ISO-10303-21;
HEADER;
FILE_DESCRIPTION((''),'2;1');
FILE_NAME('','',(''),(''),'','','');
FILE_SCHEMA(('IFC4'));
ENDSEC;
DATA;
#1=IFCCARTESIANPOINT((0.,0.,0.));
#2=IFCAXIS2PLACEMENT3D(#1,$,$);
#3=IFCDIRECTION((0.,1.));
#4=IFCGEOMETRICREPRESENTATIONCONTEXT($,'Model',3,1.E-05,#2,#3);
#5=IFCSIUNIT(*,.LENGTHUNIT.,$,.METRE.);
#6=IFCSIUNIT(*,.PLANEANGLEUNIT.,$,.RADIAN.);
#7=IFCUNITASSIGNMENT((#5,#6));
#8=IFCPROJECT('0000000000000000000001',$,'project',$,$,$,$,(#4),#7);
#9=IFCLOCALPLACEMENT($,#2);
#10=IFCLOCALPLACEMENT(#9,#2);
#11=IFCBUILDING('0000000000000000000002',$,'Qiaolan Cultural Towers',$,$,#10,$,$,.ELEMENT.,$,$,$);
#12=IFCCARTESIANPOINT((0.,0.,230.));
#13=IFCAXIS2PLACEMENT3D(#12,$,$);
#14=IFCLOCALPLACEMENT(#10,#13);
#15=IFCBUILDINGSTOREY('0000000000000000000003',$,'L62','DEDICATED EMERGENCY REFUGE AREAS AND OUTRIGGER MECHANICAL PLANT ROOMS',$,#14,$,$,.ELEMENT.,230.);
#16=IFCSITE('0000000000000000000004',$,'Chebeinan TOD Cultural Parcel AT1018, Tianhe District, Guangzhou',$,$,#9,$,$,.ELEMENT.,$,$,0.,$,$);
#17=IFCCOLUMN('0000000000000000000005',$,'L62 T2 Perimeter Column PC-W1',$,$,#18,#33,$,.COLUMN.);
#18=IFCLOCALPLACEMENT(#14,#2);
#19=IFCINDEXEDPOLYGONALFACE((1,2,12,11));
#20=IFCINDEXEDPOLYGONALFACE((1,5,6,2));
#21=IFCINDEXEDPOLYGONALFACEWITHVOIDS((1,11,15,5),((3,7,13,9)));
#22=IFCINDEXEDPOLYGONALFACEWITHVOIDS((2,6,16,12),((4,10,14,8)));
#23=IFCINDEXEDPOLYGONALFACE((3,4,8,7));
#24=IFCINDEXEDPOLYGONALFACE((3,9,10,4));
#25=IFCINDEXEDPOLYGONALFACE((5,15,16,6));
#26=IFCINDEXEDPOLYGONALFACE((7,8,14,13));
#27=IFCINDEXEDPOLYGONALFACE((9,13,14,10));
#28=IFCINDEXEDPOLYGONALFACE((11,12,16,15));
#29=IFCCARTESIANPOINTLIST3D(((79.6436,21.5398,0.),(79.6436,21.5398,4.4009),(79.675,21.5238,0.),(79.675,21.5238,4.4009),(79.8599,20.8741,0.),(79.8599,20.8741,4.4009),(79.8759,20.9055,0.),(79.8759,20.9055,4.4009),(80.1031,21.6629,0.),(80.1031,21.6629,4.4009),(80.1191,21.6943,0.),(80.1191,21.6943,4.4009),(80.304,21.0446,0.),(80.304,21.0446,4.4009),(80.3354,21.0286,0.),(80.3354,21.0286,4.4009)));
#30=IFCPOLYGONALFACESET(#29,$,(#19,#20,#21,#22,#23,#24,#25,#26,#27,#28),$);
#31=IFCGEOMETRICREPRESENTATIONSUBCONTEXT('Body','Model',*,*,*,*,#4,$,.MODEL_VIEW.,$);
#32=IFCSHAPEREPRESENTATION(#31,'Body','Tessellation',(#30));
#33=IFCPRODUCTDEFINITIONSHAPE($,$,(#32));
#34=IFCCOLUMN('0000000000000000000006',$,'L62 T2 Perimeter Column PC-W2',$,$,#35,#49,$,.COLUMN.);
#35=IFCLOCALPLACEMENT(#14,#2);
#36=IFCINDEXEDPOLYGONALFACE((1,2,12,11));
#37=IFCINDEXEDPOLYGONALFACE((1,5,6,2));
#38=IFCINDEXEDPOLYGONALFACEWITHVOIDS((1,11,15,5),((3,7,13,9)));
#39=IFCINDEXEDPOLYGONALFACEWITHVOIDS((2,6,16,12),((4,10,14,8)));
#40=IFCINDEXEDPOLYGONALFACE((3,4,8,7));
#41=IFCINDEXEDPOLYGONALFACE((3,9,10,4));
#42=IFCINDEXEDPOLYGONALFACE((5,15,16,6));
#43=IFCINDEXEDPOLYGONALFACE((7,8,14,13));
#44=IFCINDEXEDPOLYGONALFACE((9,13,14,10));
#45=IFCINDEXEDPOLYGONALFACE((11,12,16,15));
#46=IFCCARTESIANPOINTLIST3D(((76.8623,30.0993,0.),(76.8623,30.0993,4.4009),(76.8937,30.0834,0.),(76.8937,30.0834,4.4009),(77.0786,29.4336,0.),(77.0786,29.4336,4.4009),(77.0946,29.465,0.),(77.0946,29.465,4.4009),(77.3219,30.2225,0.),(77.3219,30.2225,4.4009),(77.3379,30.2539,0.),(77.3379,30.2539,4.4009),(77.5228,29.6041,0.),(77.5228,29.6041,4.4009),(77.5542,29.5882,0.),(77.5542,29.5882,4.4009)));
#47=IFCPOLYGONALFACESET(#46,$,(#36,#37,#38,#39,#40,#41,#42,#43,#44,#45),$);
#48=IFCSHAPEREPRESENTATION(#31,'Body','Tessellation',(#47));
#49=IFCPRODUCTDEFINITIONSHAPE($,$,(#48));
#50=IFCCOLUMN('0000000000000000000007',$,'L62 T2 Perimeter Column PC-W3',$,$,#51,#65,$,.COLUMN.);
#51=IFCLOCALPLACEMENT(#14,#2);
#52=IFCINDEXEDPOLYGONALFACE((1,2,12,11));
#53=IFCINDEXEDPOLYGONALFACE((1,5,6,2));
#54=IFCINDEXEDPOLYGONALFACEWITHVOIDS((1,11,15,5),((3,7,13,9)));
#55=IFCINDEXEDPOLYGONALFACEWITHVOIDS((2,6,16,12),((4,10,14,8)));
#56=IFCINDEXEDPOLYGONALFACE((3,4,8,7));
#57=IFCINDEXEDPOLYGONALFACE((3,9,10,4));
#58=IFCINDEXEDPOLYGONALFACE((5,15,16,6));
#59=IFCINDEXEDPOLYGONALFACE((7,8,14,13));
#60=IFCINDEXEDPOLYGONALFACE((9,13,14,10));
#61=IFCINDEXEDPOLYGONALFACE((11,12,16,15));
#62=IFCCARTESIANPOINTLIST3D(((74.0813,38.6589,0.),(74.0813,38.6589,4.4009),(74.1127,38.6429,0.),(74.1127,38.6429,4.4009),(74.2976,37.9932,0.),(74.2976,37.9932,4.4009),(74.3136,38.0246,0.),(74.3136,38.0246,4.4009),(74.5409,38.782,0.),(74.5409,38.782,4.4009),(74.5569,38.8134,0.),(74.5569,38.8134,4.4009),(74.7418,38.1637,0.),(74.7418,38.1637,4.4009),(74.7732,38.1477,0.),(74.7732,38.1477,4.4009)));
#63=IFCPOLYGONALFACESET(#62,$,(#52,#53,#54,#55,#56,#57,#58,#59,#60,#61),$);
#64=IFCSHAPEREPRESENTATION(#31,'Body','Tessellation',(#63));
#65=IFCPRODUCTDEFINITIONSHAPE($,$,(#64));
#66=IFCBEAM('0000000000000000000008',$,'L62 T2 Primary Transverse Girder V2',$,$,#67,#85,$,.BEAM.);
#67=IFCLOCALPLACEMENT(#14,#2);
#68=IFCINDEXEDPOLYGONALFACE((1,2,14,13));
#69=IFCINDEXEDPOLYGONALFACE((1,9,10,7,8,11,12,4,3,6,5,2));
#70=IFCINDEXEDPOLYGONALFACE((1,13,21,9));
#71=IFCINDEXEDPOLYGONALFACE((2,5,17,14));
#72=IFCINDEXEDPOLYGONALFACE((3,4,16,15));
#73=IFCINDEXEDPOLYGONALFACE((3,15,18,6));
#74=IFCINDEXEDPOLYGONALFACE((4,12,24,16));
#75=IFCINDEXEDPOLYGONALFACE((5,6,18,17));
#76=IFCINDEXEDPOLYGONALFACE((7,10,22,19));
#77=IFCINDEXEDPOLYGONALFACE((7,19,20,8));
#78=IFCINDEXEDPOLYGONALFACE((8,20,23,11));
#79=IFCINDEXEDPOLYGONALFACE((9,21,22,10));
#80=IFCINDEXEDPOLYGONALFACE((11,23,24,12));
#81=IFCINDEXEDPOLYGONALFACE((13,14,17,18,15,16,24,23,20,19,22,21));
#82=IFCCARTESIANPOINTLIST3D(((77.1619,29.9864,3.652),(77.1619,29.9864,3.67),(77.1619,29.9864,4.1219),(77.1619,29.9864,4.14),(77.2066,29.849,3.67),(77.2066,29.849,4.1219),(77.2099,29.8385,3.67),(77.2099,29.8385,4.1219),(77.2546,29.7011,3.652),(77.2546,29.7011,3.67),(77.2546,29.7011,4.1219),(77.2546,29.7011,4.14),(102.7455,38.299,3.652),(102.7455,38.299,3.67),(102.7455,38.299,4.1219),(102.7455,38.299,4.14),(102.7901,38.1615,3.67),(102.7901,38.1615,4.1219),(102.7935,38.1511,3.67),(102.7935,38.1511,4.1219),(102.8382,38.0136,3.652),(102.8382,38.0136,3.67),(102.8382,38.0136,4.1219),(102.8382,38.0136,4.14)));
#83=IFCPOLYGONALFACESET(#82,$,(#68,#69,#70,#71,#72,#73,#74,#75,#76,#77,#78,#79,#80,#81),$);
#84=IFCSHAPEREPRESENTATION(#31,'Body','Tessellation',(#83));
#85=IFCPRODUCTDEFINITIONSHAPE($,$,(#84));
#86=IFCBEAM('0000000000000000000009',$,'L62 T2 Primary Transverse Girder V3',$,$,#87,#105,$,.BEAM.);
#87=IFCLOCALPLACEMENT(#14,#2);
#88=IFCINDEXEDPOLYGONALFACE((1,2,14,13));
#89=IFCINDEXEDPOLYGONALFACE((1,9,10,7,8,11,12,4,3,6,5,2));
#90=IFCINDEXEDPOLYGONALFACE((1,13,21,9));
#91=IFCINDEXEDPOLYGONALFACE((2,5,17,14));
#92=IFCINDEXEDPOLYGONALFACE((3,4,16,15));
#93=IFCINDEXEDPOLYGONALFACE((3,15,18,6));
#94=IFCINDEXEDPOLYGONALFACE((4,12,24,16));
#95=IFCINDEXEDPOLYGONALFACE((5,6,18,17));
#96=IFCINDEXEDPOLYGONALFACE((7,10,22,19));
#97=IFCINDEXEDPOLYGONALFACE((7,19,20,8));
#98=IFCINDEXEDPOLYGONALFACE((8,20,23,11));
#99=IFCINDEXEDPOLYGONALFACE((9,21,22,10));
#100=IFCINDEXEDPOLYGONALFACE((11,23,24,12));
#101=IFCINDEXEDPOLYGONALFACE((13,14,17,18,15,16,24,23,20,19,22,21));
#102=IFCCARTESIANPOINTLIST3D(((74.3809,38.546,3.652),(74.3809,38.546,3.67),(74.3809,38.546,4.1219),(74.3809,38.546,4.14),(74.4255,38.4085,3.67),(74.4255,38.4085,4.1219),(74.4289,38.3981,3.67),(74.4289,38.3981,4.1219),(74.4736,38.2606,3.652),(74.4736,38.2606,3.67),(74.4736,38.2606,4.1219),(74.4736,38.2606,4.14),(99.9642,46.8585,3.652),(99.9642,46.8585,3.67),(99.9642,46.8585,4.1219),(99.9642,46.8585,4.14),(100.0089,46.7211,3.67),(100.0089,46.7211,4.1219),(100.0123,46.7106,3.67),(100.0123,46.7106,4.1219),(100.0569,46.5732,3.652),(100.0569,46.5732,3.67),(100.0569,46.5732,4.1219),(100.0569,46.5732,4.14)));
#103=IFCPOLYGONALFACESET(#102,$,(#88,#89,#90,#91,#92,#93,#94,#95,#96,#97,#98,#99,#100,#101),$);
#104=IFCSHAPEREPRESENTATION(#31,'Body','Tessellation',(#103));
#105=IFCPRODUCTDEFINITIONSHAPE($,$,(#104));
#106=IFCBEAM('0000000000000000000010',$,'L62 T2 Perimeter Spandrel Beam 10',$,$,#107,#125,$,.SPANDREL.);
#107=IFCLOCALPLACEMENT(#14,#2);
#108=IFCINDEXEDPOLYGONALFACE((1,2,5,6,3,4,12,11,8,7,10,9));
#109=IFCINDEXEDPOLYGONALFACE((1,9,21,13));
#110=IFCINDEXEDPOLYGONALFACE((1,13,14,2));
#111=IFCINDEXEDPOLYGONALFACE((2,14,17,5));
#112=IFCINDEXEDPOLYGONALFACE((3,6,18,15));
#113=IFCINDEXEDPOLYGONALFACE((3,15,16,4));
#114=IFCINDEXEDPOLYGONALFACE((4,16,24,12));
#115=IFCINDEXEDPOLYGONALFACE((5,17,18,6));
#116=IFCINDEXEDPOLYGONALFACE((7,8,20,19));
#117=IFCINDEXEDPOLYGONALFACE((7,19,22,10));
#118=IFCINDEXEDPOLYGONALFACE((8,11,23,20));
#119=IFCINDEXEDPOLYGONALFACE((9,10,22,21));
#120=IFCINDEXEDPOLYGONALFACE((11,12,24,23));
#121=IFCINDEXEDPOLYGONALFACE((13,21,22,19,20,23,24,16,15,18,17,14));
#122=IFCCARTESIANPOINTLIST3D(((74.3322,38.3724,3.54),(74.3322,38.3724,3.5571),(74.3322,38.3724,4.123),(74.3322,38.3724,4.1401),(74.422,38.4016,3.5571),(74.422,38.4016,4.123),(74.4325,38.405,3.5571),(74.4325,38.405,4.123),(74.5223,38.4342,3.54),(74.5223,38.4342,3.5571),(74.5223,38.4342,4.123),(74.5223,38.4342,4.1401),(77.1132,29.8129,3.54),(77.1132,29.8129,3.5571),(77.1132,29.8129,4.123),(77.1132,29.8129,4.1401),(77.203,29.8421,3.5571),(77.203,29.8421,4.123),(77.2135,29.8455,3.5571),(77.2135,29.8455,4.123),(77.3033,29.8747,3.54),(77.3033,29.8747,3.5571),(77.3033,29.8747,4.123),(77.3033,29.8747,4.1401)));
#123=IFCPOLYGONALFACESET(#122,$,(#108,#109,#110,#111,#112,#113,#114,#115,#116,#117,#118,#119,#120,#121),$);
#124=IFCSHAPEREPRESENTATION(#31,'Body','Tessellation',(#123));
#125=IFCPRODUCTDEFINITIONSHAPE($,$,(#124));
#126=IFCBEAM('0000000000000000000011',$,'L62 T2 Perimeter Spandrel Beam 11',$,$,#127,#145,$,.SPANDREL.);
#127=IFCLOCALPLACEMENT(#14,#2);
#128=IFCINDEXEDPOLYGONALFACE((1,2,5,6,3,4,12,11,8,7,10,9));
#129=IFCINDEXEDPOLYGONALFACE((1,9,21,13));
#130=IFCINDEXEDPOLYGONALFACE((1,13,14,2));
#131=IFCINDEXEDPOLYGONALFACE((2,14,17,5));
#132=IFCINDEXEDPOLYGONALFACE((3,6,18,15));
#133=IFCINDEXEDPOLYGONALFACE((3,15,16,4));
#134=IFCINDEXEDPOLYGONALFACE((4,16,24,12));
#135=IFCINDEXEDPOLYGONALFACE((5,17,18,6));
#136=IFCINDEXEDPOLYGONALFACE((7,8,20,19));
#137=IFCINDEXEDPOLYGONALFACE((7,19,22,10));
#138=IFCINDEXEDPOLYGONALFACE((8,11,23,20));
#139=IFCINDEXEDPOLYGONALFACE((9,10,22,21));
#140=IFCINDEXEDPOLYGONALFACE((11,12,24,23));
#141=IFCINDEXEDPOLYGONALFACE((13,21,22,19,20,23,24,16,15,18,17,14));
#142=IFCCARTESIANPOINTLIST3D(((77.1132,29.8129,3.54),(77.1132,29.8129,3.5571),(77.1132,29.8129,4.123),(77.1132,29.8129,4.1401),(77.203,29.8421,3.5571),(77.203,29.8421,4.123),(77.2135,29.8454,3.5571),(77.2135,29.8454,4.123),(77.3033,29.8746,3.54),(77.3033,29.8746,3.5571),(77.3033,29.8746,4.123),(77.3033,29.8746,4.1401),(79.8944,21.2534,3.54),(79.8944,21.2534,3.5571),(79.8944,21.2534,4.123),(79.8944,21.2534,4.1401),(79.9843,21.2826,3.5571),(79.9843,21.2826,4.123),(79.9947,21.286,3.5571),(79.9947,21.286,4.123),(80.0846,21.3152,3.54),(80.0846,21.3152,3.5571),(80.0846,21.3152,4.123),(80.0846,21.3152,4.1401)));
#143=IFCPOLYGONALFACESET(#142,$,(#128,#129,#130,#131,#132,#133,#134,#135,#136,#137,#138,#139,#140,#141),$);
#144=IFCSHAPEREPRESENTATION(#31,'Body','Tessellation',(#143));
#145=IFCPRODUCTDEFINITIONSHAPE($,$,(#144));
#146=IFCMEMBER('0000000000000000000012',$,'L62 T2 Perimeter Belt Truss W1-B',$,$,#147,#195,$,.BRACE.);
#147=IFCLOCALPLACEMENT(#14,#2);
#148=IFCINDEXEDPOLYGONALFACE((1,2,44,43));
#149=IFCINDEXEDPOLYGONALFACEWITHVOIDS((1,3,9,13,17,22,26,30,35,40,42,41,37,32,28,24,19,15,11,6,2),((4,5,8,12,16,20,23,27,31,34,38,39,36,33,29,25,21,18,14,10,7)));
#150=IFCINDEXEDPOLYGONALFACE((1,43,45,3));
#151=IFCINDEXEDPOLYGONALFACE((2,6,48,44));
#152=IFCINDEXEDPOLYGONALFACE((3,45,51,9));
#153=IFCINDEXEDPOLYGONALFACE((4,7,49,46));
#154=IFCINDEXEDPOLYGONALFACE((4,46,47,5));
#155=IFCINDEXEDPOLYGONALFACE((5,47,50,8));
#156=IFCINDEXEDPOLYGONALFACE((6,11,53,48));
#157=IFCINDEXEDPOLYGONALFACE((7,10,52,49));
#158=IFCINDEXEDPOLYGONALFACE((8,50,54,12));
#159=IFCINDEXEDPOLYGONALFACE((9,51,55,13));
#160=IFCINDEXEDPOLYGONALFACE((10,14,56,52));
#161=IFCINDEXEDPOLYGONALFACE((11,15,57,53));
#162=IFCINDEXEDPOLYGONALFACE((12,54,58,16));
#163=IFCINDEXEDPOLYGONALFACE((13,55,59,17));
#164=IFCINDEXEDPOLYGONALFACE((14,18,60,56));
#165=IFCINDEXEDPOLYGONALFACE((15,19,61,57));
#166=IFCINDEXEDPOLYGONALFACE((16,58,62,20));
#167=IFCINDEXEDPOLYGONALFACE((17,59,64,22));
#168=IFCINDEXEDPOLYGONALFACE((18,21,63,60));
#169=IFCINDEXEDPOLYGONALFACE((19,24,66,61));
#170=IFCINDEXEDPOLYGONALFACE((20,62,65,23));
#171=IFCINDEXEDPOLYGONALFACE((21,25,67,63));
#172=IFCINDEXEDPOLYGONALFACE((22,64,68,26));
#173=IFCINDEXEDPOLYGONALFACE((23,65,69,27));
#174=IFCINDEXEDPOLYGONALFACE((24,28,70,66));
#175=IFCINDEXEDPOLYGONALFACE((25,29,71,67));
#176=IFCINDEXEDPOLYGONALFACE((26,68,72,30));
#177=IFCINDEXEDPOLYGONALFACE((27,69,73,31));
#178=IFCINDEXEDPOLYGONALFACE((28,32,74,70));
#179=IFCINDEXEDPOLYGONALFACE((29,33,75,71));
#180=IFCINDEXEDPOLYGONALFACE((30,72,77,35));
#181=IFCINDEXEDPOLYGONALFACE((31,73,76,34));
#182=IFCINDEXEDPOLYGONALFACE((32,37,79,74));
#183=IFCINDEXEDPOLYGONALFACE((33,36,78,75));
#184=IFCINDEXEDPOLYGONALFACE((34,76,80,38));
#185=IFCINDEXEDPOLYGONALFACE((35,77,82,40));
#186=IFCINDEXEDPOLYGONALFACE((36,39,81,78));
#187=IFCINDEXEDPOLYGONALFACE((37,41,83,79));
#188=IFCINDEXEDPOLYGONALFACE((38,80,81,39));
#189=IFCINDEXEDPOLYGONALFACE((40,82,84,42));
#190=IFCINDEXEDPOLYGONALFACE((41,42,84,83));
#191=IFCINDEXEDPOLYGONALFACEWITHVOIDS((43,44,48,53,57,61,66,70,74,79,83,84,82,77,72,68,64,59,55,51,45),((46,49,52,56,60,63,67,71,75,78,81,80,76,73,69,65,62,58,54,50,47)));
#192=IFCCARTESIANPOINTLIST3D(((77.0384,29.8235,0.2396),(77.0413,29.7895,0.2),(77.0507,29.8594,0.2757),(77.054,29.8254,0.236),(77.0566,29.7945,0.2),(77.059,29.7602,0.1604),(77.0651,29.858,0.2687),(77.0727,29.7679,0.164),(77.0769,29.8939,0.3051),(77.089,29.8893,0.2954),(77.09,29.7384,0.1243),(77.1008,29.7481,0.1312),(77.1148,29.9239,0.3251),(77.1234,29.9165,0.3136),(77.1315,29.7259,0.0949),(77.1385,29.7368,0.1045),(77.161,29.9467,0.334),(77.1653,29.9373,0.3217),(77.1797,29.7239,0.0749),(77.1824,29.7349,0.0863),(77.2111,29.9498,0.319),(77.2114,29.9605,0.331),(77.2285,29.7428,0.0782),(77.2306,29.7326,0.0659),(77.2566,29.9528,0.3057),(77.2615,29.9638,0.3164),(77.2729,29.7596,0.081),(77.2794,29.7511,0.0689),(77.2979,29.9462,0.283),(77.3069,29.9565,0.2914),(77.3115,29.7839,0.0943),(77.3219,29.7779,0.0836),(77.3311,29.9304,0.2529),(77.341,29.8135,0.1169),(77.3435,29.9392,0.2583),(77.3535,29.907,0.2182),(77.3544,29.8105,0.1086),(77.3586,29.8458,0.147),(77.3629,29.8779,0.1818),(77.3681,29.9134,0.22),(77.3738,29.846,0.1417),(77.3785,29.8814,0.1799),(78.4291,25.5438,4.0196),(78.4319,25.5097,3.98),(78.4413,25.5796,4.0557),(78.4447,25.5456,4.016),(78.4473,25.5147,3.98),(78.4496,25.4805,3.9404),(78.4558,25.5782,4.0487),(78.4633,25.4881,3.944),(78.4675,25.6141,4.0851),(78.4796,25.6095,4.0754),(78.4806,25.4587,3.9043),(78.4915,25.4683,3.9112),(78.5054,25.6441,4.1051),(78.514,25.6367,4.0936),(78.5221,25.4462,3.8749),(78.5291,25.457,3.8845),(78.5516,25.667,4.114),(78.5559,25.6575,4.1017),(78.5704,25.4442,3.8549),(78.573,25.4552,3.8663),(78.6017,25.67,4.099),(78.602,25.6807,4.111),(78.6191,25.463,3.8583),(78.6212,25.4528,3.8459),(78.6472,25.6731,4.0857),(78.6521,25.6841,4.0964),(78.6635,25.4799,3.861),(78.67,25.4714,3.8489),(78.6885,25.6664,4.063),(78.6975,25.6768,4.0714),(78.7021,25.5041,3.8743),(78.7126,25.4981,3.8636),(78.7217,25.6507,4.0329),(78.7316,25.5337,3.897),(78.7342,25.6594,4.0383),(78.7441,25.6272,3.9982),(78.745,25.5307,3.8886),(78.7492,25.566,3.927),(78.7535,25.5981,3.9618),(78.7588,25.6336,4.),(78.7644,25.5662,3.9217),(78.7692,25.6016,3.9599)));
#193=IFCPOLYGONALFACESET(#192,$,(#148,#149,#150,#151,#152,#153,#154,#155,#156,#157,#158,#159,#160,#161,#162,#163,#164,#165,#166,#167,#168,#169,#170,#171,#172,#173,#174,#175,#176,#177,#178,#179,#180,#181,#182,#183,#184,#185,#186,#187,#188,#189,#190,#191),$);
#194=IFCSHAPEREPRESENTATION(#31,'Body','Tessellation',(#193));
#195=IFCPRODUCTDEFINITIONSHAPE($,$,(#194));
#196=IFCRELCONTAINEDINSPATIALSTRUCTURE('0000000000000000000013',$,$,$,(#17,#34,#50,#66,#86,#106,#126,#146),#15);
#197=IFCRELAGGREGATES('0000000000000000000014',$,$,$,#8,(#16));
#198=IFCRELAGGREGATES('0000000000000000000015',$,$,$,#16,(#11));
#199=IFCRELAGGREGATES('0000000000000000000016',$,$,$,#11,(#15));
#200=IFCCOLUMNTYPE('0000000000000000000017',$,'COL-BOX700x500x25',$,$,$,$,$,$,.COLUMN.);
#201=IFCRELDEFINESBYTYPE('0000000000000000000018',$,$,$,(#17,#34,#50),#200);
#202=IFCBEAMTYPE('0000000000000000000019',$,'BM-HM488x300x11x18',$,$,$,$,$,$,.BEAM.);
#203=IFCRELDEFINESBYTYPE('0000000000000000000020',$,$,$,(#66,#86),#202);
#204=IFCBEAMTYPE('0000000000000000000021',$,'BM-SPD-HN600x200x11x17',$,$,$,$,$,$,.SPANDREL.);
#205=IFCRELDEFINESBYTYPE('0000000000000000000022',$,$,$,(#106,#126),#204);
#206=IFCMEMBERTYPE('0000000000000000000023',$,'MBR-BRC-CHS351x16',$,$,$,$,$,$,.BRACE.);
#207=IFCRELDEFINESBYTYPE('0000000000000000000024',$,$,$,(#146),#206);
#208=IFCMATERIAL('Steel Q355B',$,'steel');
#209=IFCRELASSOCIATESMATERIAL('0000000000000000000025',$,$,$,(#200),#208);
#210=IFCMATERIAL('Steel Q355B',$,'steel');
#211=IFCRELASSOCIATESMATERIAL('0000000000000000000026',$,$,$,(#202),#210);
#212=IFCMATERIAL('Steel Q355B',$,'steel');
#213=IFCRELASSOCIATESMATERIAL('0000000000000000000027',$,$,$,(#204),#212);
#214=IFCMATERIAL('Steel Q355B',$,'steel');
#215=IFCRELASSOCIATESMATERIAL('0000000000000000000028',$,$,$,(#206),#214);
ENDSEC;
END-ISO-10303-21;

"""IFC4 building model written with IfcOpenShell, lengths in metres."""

from ifc_helpers import new_model, si_unit, direction, frame, origin, origin_2d, place, context, subcontext, project, spatial, hollow_rectangle, hollow_circle, i_section, extrude, material, material_profile, profile_set, type_object, element, save


model = new_model("IFC4")

# Units and contexts
model_context = context("Model", 3, precision=1e-05, world=origin(), true_north=direction((0.0, 1.0)))
body_context = subcontext(model_context, "Body", "Model", "MODEL_VIEW")
ifc_project = project(units=[si_unit("LENGTHUNIT", "METRE"), si_unit("PLANEANGLEUNIT", "RADIAN")], contexts=[model_context])

# Site, building, storey
site_placement = place(None, origin())
site = spatial("IfcSite", under=ifc_project, at=site_placement, Name="Chebeinan TOD Cultural Parcel AT1018, Tianhe District, Guangzhou", CompositionType="ELEMENT", RefElevation=0.0)
building_placement = place(site_placement, origin())
building = spatial("IfcBuilding", under=site, at=building_placement, Name="Qiaolan Cultural Towers", CompositionType="ELEMENT")
storey_placement = place(building_placement, frame((0.0, 0.0, 230.0)))
storey = spatial("IfcBuildingStorey", under=building, at=storey_placement, Name="L62", Description="DEDICATED EMERGENCY REFUGE AREAS AND OUTRIGGER MECHANICAL PLANT ROOMS", CompositionType="ELEMENT", Elevation=230.0)

# Columns
ifc_material_1 = material(Name="Steel Q355B", Category="steel")
ifc_material_profile_1 = material_profile(ifc_material_1, hollow_rectangle(XDim=0.5, YDim=0.7, WallThickness=0.0249, at=origin_2d()), Name="BOX700x500x25")
ifc_profile_set_1 = profile_set([ifc_material_profile_1], Name="Steel Q355B")
column_type = type_object("IfcColumnType", Name="COL-BOX700x500x25", PredefinedType="COLUMN", material=ifc_profile_set_1)
for number, where, z_axis, x_axis, name in (
    (1, (79.9895, 21.2842, 0.0), (0.0, 0.0, 1.0), (0.951057, 0.309017, 0.0), "L62 T2 Perimeter Column PC-W1"),
    (2, (77.2083, 29.8438, 0.0), (0.0, 0.0, 1.0), (0.951057, 0.309017, 0.0), "L62 T2 Perimeter Column PC-W2"),
    (3, (74.4272, 38.4033, 0.0), (0.0, 0.0, 1.0), (0.951057, 0.309017, 0.0), "L62 T2 Perimeter Column PC-W3"),
):
    element("IfcColumn", number, at=place(storey_placement, frame(where, z_axis=z_axis, x_axis=x_axis)), inside=storey, type_object=column_type, Name=name, PredefinedType="COLUMN", context=body_context, shape_type="SweptSolid", body=[
        extrude(hollow_rectangle(XDim=0.5, YDim=0.7, WallThickness=0.0249, at=origin_2d()), origin(), (0.0, 0.0, 1.0), 4.4009),
    ])

# Beams
ifc_material_2 = material(Name="Steel Q355B", Category="steel")
ifc_material_profile_2 = material_profile(ifc_material_2, i_section(OverallWidth=0.3, OverallDepth=0.488, WebThickness=0.011, FlangeThickness=0.0181, at=origin_2d()), Name="HM488x300x11x18")
ifc_profile_set_2 = profile_set([ifc_material_profile_2], Name="Steel Q355B")
beam_type_1 = type_object("IfcBeamType", Name="BM-HM488x300x11x18", PredefinedType="BEAM", material=ifc_profile_set_2)
beam_1_placement = place(storey_placement, frame((77.2083, 29.8438, 3.896), z_axis=(0.951057, 0.309014, 0.0), x_axis=(-0.309014, 0.951057, 0.0)))
element("IfcBeam", 4, at=beam_1_placement, inside=storey, type_object=beam_type_1, Name="L62 T2 Primary Transverse Girder V2", PredefinedType="BEAM", context=body_context, shape_type="SweptSolid", body=[
    extrude(i_section(OverallWidth=0.3, OverallDepth=0.488, WebThickness=0.011, FlangeThickness=0.0181, at=origin_2d()), origin(), (0.0, 0.0, 1.0), 26.9001),
])
beam_2_placement = place(storey_placement, frame((74.4272, 38.4033, 3.896), z_axis=(0.951057, 0.309017, 0.0), x_axis=(-0.309017, 0.951057, 0.0)))
element("IfcBeam", 5, at=beam_2_placement, inside=storey, type_object=beam_type_1, Name="L62 T2 Primary Transverse Girder V3", PredefinedType="BEAM", context=body_context, shape_type="SweptSolid", body=[
    extrude(i_section(OverallWidth=0.3, OverallDepth=0.488, WebThickness=0.011, FlangeThickness=0.0181, at=origin_2d()), origin(), (0.0, 0.0, 1.0), 26.8999),
])
ifc_material_3 = material(Name="Steel Q355B", Category="steel")
ifc_material_profile_3 = material_profile(ifc_material_3, i_section(OverallWidth=0.2, OverallDepth=0.6001, WebThickness=0.011, FlangeThickness=0.0171, at=origin_2d()), Name="HN600x200x11x17")
ifc_profile_set_3 = profile_set([ifc_material_profile_3], Name="Steel Q355B")
beam_type_2 = type_object("IfcBeamType", Name="BM-SPD-HN600x200x11x17", PredefinedType="SPANDREL", material=ifc_profile_set_3)
for number, where, z_axis, x_axis, name in (
    (6, (74.4272, 38.4033, 3.8401), (0.309, -0.951062, 0.0), (0.951062, 0.309, 0.0), "L62 T2 Perimeter Spandrel Beam 10"),
    (7, (77.2083, 29.8438, 3.8401), (0.309025, -0.951054, 0.0), (0.951054, 0.309025, 0.0), "L62 T2 Perimeter Spandrel Beam 11"),
):
    element("IfcBeam", number, at=place(storey_placement, frame(where, z_axis=z_axis, x_axis=x_axis)), inside=storey, type_object=beam_type_2, Name=name, PredefinedType="SPANDREL", context=body_context, shape_type="SweptSolid", body=[
        extrude(i_section(OverallWidth=0.2, OverallDepth=0.6001, WebThickness=0.011, FlangeThickness=0.0171, at=origin_2d()), origin(), (0.0, 0.0, 1.0), 9.0),
    ])

# Member
ifc_material_4 = material(Name="Steel Q355B", Category="steel")
ifc_material_profile_4 = material_profile(ifc_material_4, hollow_circle(Radius=0.1755, WallThickness=0.0161, at=origin_2d()), Name="CHS351x16")
ifc_profile_set_4 = profile_set([ifc_material_profile_4], Name="Steel Q355B")
member_type = type_object("IfcMemberType", Name="MBR-BRC-CHS351x16", PredefinedType="BRACE", material=ifc_profile_set_4)
for number, where, z_axis, x_axis, name in (
    (8, (78.5989, 25.564, 3.98), (-0.236622, 0.728227, -0.643191), (-0.951054, -0.309025, 0.0), "L62 T2 Perimeter Belt Truss W1-B"),
):
    element("IfcMember", number, at=place(storey_placement, frame(where, z_axis=z_axis, x_axis=x_axis)), inside=storey, type_object=member_type, Name=name, PredefinedType="BRACE", context=body_context, shape_type="SweptSolid", body=[
        extrude(hollow_circle(Radius=0.1755, WallThickness=0.0161, at=origin_2d()), origin(), (0.0, 0.0, 1.0), 5.877),
    ])

save(model, "model.ifc")
